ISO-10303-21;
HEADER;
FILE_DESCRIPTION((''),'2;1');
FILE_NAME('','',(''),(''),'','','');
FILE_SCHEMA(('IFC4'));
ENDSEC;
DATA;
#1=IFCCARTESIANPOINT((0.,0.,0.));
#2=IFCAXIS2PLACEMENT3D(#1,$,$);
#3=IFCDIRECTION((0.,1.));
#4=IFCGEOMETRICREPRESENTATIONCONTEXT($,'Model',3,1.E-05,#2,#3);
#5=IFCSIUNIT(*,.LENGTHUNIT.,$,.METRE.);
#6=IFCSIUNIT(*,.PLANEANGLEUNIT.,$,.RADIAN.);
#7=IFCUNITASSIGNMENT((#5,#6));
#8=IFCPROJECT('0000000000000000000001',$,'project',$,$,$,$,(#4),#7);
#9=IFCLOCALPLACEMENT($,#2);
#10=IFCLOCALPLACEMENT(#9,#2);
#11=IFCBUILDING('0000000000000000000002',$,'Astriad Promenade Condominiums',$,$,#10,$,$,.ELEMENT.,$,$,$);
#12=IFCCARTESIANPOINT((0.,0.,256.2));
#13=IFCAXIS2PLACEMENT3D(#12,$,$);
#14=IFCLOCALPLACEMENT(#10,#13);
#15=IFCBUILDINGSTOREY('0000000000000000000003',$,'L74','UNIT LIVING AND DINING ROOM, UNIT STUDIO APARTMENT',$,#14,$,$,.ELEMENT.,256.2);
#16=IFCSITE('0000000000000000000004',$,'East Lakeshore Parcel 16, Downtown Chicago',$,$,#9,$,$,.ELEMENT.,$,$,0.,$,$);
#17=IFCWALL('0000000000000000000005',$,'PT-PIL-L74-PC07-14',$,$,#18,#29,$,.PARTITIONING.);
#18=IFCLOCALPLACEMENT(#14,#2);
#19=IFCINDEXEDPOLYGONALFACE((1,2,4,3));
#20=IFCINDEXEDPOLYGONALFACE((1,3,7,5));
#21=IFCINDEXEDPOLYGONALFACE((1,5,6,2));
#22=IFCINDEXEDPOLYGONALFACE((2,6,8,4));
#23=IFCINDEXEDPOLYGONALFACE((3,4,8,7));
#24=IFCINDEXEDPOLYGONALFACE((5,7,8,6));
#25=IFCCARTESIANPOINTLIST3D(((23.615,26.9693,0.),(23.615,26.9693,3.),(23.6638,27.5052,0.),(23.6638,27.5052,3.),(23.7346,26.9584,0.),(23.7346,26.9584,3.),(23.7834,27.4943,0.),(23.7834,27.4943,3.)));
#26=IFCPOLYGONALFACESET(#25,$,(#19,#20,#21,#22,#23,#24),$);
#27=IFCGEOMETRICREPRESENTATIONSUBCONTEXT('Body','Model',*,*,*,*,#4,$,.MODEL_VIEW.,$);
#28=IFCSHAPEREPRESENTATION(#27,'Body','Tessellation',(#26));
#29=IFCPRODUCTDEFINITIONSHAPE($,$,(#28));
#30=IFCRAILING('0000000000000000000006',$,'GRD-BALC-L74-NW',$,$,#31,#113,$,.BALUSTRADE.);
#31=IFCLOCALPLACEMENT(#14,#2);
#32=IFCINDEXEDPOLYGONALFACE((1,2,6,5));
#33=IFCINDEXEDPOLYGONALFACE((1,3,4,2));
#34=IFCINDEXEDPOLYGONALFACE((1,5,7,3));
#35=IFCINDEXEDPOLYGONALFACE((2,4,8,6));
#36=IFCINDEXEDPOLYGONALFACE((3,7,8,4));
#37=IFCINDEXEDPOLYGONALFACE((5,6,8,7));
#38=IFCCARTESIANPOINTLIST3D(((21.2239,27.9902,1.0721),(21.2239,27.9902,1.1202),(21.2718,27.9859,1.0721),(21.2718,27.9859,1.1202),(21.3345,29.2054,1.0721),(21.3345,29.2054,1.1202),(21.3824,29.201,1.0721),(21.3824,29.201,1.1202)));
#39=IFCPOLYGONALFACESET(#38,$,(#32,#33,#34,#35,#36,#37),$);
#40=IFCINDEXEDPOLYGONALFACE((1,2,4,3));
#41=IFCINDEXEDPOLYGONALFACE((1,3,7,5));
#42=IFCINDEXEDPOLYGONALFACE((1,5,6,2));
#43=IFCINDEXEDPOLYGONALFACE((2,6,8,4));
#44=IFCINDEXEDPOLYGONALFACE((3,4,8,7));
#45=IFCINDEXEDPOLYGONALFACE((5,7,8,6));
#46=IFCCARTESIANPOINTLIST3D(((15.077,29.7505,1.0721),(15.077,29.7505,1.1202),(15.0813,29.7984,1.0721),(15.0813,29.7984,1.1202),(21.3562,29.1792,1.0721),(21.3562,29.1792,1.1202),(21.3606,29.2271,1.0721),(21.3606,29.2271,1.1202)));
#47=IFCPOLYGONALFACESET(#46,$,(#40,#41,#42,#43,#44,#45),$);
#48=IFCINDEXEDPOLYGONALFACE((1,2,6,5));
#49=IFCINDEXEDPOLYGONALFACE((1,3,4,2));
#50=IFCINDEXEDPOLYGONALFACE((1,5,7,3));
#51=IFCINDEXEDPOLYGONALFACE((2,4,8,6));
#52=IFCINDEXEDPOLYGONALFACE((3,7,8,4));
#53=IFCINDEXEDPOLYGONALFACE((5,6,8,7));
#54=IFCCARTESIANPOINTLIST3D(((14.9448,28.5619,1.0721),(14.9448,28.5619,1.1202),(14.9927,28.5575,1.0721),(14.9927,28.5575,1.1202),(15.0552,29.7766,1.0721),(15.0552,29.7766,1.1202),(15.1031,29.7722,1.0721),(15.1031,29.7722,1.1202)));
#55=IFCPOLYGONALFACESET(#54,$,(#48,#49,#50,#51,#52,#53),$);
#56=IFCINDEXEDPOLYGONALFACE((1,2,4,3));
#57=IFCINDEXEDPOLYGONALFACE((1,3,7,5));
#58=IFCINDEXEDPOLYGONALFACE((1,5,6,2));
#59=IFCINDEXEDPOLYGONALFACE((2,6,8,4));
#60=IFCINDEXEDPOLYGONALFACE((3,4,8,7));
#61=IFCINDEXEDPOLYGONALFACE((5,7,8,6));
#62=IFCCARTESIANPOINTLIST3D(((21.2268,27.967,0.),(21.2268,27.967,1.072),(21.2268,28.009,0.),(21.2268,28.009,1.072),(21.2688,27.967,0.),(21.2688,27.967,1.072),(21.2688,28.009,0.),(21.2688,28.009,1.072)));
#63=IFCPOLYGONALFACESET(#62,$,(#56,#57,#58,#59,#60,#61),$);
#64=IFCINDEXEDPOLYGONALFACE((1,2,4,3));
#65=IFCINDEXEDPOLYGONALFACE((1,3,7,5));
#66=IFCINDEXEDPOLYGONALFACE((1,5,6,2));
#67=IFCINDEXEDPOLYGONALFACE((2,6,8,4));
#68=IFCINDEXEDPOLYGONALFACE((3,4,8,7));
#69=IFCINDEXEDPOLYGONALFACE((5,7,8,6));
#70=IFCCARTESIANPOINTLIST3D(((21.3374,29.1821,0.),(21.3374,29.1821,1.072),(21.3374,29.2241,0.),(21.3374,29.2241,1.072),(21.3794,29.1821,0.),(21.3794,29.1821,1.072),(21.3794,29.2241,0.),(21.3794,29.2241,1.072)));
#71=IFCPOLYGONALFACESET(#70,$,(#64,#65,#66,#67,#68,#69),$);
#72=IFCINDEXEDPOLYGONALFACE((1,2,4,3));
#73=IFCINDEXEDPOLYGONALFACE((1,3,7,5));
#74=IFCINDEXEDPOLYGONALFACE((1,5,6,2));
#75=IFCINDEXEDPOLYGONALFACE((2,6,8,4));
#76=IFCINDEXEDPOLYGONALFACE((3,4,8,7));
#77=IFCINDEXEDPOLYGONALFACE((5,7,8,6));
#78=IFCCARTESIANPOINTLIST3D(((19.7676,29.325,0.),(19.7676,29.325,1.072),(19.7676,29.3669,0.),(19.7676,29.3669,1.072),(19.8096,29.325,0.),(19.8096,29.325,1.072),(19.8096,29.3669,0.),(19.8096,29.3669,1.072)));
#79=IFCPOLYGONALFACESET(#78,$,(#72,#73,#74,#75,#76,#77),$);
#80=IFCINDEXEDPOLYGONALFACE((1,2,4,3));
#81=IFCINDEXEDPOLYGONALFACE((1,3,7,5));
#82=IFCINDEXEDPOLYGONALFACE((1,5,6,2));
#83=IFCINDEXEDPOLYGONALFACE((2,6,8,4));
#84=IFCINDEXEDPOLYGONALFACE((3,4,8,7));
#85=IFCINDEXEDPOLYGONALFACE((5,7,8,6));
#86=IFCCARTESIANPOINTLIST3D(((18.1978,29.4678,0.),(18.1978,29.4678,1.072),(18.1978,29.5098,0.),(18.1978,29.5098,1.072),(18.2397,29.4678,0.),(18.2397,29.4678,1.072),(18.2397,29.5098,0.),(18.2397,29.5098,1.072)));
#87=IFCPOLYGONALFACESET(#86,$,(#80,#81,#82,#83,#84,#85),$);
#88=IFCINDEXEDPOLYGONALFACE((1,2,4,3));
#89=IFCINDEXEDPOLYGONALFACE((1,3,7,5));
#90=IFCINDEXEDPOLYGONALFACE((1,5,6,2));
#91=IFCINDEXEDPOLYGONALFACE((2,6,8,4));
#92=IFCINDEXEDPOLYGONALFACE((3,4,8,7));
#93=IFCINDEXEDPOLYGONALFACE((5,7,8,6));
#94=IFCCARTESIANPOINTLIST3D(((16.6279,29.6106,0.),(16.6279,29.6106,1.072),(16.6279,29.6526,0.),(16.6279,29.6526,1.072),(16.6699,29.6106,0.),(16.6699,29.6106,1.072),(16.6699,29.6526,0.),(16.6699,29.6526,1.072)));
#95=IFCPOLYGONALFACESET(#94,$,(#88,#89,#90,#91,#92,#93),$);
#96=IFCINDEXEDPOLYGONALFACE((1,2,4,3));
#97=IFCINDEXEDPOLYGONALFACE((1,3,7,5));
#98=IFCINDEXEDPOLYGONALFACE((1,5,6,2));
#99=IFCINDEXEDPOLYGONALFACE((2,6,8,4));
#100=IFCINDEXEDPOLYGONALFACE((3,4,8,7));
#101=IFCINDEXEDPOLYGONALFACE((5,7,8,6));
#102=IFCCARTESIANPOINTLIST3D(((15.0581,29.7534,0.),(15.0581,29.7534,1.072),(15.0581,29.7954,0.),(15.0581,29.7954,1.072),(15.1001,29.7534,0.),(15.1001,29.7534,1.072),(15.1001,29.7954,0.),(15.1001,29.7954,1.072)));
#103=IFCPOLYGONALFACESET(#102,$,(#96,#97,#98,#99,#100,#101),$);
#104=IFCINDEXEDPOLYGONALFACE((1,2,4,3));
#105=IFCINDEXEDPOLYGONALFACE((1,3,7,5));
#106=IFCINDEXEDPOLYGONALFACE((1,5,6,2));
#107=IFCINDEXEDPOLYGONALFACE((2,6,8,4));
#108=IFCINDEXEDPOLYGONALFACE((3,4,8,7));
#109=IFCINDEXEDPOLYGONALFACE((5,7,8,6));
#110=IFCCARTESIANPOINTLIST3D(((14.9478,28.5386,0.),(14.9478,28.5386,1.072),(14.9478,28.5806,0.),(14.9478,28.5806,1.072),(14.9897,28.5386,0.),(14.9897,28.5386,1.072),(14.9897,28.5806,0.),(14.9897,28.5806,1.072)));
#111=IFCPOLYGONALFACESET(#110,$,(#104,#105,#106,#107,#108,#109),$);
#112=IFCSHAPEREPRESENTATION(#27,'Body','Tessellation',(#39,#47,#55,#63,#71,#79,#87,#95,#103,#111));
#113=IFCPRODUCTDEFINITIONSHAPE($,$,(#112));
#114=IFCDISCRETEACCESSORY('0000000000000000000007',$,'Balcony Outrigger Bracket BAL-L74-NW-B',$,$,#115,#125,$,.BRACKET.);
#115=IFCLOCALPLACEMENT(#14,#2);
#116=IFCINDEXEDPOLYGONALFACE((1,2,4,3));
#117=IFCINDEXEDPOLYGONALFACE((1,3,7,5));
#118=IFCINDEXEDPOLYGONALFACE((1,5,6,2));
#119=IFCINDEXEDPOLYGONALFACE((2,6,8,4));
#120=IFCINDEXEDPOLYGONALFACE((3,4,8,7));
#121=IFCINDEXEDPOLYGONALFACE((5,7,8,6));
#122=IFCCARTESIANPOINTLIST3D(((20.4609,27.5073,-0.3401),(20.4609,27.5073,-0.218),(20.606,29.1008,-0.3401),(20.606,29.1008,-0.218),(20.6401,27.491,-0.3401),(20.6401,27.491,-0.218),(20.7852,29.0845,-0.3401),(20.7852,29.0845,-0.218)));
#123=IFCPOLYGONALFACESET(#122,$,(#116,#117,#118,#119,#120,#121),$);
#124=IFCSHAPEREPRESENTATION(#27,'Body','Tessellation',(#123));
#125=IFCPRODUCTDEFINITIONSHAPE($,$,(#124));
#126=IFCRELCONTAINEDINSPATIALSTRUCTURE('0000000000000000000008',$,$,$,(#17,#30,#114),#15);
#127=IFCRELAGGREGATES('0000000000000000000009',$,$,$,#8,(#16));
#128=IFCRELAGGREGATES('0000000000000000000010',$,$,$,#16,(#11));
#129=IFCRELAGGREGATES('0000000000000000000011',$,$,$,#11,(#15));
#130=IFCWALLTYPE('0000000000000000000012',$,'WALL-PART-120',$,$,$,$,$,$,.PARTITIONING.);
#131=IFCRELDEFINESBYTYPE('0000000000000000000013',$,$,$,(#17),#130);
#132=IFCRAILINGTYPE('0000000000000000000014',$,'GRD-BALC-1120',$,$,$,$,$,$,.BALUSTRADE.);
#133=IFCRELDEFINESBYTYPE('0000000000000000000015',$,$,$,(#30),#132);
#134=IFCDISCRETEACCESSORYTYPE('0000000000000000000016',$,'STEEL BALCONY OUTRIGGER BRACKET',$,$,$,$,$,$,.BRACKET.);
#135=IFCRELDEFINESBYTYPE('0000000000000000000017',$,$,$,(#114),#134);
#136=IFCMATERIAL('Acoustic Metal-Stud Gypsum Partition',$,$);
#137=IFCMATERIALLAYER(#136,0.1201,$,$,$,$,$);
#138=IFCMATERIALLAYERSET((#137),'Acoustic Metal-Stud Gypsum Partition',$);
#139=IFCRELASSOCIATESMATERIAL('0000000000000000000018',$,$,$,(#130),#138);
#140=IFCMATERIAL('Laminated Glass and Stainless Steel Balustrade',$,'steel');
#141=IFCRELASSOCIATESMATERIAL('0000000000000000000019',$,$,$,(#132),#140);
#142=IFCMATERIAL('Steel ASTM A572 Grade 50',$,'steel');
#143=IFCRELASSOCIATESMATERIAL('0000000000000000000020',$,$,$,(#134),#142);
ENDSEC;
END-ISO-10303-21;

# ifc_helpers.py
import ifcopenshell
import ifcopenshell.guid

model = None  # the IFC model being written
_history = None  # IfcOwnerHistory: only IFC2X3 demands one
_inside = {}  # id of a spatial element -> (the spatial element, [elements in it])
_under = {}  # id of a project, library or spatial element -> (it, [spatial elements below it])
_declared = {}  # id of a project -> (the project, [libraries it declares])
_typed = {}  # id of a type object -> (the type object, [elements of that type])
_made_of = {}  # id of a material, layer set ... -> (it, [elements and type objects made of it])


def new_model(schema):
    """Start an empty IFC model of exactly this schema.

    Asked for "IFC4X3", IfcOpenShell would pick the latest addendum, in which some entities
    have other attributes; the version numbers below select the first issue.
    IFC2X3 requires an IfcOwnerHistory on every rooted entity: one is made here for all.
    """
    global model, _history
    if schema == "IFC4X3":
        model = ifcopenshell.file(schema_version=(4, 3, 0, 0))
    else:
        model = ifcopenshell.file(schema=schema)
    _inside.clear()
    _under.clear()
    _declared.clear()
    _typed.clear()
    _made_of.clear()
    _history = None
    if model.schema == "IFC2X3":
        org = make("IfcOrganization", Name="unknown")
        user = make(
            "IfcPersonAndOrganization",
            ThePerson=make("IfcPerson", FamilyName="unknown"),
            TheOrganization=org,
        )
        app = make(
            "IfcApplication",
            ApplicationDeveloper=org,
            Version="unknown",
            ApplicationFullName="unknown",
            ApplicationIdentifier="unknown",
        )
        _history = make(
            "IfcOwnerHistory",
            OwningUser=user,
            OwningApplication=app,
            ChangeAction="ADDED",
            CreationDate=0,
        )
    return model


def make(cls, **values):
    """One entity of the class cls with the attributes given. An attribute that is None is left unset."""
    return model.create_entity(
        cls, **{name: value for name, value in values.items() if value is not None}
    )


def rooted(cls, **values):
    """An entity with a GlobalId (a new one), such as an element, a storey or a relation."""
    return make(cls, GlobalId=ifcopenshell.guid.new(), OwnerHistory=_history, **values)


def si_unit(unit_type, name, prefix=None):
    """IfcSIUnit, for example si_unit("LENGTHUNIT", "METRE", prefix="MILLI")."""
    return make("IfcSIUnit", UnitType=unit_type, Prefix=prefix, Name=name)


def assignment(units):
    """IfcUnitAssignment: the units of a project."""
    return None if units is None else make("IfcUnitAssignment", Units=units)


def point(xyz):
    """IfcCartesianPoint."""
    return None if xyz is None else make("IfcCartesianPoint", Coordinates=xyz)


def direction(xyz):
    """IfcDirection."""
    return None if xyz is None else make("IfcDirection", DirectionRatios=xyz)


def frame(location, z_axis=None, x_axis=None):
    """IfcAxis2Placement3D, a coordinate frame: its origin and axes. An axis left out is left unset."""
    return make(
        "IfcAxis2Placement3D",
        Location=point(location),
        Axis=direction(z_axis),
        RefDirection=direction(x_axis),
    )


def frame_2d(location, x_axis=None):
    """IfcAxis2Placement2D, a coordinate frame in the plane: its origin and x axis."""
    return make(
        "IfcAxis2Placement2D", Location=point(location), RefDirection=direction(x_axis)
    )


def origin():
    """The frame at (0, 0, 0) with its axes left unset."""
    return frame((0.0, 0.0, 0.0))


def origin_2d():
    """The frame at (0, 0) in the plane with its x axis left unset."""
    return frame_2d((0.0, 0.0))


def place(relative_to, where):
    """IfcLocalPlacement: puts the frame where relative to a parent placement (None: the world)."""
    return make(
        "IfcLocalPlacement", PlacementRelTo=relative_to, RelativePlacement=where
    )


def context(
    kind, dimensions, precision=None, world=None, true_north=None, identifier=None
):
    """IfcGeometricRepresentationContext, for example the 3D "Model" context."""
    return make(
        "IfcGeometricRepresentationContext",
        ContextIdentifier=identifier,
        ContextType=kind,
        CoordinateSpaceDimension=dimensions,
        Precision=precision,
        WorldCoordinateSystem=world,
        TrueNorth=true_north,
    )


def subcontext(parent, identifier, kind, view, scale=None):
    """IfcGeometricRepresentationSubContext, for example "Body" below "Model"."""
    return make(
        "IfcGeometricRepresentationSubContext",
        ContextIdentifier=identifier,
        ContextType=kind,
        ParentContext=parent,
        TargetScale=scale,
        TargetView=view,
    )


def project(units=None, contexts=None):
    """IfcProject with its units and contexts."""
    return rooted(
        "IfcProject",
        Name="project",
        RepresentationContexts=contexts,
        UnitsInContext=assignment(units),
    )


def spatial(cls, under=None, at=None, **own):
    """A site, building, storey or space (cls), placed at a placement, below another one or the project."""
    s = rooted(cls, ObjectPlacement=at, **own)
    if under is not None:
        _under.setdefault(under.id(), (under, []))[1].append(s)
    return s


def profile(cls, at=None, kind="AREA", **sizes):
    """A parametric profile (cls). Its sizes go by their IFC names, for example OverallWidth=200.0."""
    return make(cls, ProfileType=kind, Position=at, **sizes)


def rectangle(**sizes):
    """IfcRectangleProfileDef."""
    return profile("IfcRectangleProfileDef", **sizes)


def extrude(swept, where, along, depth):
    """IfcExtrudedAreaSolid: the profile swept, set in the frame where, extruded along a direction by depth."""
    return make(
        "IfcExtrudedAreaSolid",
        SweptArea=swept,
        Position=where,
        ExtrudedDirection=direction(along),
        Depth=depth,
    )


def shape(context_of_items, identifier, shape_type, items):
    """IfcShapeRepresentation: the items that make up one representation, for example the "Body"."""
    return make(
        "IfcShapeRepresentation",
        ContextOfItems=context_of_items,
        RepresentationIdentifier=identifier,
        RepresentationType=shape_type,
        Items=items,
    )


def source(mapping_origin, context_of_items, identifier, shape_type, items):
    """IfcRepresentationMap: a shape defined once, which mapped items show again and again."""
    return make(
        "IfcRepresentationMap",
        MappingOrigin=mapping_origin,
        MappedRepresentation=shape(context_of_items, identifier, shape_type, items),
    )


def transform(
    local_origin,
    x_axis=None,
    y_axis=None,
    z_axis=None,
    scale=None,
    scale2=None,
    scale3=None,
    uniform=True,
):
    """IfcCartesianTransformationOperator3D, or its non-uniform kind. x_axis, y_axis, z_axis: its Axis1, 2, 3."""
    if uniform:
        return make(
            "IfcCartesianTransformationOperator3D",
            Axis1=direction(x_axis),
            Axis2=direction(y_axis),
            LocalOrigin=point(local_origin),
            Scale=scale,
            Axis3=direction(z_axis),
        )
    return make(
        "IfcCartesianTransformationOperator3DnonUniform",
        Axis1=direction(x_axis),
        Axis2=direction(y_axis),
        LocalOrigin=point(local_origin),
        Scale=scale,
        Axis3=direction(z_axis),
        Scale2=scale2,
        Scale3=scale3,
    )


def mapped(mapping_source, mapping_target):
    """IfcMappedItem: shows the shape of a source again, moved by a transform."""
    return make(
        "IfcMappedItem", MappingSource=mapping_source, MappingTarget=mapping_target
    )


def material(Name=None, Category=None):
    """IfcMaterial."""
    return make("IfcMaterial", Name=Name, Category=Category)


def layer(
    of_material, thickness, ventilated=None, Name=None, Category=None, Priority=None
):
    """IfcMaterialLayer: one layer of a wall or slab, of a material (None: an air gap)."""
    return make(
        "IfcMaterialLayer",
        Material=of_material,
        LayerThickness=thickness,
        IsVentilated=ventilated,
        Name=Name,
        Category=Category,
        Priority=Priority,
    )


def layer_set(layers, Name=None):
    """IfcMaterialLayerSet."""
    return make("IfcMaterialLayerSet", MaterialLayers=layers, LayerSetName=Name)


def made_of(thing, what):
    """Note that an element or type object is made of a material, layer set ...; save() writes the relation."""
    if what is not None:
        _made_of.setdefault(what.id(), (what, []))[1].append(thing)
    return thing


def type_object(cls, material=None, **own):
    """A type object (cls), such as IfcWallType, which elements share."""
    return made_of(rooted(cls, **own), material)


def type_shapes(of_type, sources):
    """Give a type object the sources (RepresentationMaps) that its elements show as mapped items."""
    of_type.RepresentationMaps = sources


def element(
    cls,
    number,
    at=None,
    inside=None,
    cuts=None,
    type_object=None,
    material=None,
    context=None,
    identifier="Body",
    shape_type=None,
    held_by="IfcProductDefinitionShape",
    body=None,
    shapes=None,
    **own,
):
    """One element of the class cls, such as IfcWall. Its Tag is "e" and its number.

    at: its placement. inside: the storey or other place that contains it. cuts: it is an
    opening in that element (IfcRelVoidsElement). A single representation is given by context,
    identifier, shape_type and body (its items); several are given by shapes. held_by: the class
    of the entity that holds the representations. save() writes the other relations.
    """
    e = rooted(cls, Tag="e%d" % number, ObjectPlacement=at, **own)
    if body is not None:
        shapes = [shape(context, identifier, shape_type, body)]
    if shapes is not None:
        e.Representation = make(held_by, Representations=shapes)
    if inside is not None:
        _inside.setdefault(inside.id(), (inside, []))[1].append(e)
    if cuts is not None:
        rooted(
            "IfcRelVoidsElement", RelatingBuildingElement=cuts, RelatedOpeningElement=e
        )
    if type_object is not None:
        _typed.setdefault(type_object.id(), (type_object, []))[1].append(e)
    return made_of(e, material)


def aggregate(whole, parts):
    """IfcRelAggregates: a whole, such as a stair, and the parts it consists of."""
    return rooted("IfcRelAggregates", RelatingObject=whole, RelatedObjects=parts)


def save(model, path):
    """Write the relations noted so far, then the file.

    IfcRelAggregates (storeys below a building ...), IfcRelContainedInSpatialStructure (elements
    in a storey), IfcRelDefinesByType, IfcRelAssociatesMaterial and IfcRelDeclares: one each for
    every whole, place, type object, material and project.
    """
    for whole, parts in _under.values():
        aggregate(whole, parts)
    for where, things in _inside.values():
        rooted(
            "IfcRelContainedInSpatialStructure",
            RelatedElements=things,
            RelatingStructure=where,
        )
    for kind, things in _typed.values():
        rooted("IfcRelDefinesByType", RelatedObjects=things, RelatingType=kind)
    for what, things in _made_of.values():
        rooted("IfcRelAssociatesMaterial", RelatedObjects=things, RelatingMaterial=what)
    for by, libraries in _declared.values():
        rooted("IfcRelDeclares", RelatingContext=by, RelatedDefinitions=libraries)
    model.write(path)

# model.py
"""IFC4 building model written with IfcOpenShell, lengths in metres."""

from ifc_helpers import new_model, si_unit, direction, frame, frame_2d, origin, origin_2d, place, context, subcontext, project, spatial, rectangle, extrude, source, transform, mapped, material, layer, layer_set, type_object, type_shapes, element, save


model = new_model("IFC4")

# Units and contexts
model_context = context("Model", 3, precision=1e-05, world=origin(), true_north=direction((0.0, 1.0)))
body_context = subcontext(model_context, "Body", "Model", "MODEL_VIEW")
ifc_project = project(units=[si_unit("LENGTHUNIT", "METRE"), si_unit("PLANEANGLEUNIT", "RADIAN")], contexts=[model_context])

# Site, building, storey
site_placement = place(None, origin())
site = spatial("IfcSite", under=ifc_project, at=site_placement, Name="East Lakeshore Parcel 16, Downtown Chicago", CompositionType="ELEMENT", RefElevation=0.0)
building_placement = place(site_placement, origin())
building = spatial("IfcBuilding", under=site, at=building_placement, Name="Astriad Promenade Condominiums", CompositionType="ELEMENT")
storey_placement = place(building_placement, frame((0.0, 0.0, 256.2)))
storey = spatial("IfcBuildingStorey", under=building, at=storey_placement, Name="L74", Description="UNIT LIVING AND DINING ROOM, UNIT STUDIO APARTMENT", CompositionType="ELEMENT", Elevation=256.2)

# Shared definitions
ifc_material_1 = material(Name="Acoustic Metal-Stud Gypsum Partition")
ifc_layer_1 = layer(ifc_material_1, 0.1201)
ifc_layer_set_1 = layer_set([ifc_layer_1], Name="Acoustic Metal-Stud Gypsum Partition")
wall_type_1 = type_object("IfcWallType", Name="WALL-PART-120", PredefinedType="PARTITIONING", material=ifc_layer_set_1)

# Wall
wall_1_placement = place(storey_placement, frame((23.6748, 26.9639, 0.0), z_axis=(0.0, 0.0, 1.0), x_axis=(0.09074, 0.995875, 0.0)))
element("IfcWall", 1, at=wall_1_placement, inside=storey, type_object=wall_type_1, Name="PT-PIL-L74-PC07-14", PredefinedType="PARTITIONING", context=body_context, shape_type="SweptSolid", body=[
    extrude(rectangle(XDim=0.5381, YDim=0.1201, at=frame_2d((0.269, 0.0))), origin(), (0.0, 0.0, 1.0), 3.0),
])

# Railing
ifc_material_2 = material(Name="Laminated Glass and Stainless Steel Balustrade", Category="steel")
railing_type = type_object("IfcRailingType", Name="GRD-BALC-1120", PredefinedType="BALUSTRADE", material=ifc_material_2)
shared_shape_1 = source(origin(), body_context, "Body", "SweptSolid", [
    extrude(rectangle(XDim=0.0481, YDim=0.0481, at=origin_2d()), frame((0.0, 0.0, 1.0962), z_axis=(0.090644, 0.995883, 0.0), x_axis=(-0.995883, 0.090644, 0.0)), (0.0, 0.0, 1.0), 1.2202),
    extrude(rectangle(XDim=0.0481, YDim=0.0481, at=origin_2d()), frame((0.1106, 1.2151, 1.0962), z_axis=(-0.995887, 0.090606, 0.0), x_axis=(-0.090606, -0.995887, 0.0)), (0.0, 0.0, 1.0), 6.3052),
    extrude(rectangle(XDim=0.0481, YDim=0.0481, at=origin_2d()), frame((-6.1687, 1.7864, 1.0962), z_axis=(-0.090464, -0.9959, 0.0), x_axis=(0.9959, -0.090464, 0.0)), (0.0, 0.0, 1.0), 1.2197),
    extrude(rectangle(XDim=0.042, YDim=0.042, at=origin_2d()), origin(), (0.0, 0.0, 1.0), 1.072),
    extrude(rectangle(XDim=0.042, YDim=0.042, at=origin_2d()), frame((0.1106, 1.2151, 0.0)), (0.0, 0.0, 1.0), 1.072),
    extrude(rectangle(XDim=0.042, YDim=0.042, at=origin_2d()), frame((-1.4592, 1.3579, 0.0)), (0.0, 0.0, 1.0), 1.072),
    extrude(rectangle(XDim=0.042, YDim=0.042, at=origin_2d()), frame((-3.0291, 1.5007, 0.0)), (0.0, 0.0, 1.0), 1.072),
    extrude(rectangle(XDim=0.042, YDim=0.042, at=origin_2d()), frame((-4.5989, 1.6436, 0.0)), (0.0, 0.0, 1.0), 1.072),
    extrude(rectangle(XDim=0.042, YDim=0.042, at=origin_2d()), frame((-6.1687, 1.7864, 0.0)), (0.0, 0.0, 1.0), 1.072),
    extrude(rectangle(XDim=0.042, YDim=0.042, at=origin_2d()), frame((-6.2791, 0.5715, 0.0)), (0.0, 0.0, 1.0), 1.072),
])
type_shapes(railing_type, [shared_shape_1])
railing_placement = place(storey_placement, frame((21.2478, 27.988, 0.0)))
element("IfcRailing", 2, at=railing_placement, inside=storey, type_object=railing_type, Name="GRD-BALC-L74-NW", PredefinedType="BALUSTRADE", context=body_context, shape_type="MappedRepresentation", body=[
    mapped(shared_shape_1, transform((0.0, 0.0, 0.0), scale=1.0)),
])

# Discrete accessory
ifc_material_3 = material(Name="Steel ASTM A572 Grade 50", Category="steel")
discrete_accessory_type = type_object("IfcDiscreteAccessoryType", Name="STEEL BALCONY OUTRIGGER BRACKET", PredefinedType="BRACKET", material=ifc_material_3)
shared_shape_2 = source(origin(), body_context, "Body", "SweptSolid", [
    extrude(rectangle(XDim=1.6001, YDim=0.1799, at=origin_2d()), origin(), (0.0, 0.0, 1.0), 0.1221),
])
type_shapes(discrete_accessory_type, [shared_shape_2])
discrete_accessory_placement = place(storey_placement, frame((20.623, 28.2959, -0.3401), z_axis=(0.0, 0.0, 1.0), x_axis=(0.090633, 0.995884, 0.0)))
element("IfcDiscreteAccessory", 3, at=discrete_accessory_placement, inside=storey, type_object=discrete_accessory_type, Name="Balcony Outrigger Bracket BAL-L74-NW-B", PredefinedType="BRACKET", context=body_context, shape_type="MappedRepresentation", body=[
    mapped(shared_shape_2, transform((0.0, 0.0, 0.0), scale=1.0)),
])

save(model, "model.ifc")
